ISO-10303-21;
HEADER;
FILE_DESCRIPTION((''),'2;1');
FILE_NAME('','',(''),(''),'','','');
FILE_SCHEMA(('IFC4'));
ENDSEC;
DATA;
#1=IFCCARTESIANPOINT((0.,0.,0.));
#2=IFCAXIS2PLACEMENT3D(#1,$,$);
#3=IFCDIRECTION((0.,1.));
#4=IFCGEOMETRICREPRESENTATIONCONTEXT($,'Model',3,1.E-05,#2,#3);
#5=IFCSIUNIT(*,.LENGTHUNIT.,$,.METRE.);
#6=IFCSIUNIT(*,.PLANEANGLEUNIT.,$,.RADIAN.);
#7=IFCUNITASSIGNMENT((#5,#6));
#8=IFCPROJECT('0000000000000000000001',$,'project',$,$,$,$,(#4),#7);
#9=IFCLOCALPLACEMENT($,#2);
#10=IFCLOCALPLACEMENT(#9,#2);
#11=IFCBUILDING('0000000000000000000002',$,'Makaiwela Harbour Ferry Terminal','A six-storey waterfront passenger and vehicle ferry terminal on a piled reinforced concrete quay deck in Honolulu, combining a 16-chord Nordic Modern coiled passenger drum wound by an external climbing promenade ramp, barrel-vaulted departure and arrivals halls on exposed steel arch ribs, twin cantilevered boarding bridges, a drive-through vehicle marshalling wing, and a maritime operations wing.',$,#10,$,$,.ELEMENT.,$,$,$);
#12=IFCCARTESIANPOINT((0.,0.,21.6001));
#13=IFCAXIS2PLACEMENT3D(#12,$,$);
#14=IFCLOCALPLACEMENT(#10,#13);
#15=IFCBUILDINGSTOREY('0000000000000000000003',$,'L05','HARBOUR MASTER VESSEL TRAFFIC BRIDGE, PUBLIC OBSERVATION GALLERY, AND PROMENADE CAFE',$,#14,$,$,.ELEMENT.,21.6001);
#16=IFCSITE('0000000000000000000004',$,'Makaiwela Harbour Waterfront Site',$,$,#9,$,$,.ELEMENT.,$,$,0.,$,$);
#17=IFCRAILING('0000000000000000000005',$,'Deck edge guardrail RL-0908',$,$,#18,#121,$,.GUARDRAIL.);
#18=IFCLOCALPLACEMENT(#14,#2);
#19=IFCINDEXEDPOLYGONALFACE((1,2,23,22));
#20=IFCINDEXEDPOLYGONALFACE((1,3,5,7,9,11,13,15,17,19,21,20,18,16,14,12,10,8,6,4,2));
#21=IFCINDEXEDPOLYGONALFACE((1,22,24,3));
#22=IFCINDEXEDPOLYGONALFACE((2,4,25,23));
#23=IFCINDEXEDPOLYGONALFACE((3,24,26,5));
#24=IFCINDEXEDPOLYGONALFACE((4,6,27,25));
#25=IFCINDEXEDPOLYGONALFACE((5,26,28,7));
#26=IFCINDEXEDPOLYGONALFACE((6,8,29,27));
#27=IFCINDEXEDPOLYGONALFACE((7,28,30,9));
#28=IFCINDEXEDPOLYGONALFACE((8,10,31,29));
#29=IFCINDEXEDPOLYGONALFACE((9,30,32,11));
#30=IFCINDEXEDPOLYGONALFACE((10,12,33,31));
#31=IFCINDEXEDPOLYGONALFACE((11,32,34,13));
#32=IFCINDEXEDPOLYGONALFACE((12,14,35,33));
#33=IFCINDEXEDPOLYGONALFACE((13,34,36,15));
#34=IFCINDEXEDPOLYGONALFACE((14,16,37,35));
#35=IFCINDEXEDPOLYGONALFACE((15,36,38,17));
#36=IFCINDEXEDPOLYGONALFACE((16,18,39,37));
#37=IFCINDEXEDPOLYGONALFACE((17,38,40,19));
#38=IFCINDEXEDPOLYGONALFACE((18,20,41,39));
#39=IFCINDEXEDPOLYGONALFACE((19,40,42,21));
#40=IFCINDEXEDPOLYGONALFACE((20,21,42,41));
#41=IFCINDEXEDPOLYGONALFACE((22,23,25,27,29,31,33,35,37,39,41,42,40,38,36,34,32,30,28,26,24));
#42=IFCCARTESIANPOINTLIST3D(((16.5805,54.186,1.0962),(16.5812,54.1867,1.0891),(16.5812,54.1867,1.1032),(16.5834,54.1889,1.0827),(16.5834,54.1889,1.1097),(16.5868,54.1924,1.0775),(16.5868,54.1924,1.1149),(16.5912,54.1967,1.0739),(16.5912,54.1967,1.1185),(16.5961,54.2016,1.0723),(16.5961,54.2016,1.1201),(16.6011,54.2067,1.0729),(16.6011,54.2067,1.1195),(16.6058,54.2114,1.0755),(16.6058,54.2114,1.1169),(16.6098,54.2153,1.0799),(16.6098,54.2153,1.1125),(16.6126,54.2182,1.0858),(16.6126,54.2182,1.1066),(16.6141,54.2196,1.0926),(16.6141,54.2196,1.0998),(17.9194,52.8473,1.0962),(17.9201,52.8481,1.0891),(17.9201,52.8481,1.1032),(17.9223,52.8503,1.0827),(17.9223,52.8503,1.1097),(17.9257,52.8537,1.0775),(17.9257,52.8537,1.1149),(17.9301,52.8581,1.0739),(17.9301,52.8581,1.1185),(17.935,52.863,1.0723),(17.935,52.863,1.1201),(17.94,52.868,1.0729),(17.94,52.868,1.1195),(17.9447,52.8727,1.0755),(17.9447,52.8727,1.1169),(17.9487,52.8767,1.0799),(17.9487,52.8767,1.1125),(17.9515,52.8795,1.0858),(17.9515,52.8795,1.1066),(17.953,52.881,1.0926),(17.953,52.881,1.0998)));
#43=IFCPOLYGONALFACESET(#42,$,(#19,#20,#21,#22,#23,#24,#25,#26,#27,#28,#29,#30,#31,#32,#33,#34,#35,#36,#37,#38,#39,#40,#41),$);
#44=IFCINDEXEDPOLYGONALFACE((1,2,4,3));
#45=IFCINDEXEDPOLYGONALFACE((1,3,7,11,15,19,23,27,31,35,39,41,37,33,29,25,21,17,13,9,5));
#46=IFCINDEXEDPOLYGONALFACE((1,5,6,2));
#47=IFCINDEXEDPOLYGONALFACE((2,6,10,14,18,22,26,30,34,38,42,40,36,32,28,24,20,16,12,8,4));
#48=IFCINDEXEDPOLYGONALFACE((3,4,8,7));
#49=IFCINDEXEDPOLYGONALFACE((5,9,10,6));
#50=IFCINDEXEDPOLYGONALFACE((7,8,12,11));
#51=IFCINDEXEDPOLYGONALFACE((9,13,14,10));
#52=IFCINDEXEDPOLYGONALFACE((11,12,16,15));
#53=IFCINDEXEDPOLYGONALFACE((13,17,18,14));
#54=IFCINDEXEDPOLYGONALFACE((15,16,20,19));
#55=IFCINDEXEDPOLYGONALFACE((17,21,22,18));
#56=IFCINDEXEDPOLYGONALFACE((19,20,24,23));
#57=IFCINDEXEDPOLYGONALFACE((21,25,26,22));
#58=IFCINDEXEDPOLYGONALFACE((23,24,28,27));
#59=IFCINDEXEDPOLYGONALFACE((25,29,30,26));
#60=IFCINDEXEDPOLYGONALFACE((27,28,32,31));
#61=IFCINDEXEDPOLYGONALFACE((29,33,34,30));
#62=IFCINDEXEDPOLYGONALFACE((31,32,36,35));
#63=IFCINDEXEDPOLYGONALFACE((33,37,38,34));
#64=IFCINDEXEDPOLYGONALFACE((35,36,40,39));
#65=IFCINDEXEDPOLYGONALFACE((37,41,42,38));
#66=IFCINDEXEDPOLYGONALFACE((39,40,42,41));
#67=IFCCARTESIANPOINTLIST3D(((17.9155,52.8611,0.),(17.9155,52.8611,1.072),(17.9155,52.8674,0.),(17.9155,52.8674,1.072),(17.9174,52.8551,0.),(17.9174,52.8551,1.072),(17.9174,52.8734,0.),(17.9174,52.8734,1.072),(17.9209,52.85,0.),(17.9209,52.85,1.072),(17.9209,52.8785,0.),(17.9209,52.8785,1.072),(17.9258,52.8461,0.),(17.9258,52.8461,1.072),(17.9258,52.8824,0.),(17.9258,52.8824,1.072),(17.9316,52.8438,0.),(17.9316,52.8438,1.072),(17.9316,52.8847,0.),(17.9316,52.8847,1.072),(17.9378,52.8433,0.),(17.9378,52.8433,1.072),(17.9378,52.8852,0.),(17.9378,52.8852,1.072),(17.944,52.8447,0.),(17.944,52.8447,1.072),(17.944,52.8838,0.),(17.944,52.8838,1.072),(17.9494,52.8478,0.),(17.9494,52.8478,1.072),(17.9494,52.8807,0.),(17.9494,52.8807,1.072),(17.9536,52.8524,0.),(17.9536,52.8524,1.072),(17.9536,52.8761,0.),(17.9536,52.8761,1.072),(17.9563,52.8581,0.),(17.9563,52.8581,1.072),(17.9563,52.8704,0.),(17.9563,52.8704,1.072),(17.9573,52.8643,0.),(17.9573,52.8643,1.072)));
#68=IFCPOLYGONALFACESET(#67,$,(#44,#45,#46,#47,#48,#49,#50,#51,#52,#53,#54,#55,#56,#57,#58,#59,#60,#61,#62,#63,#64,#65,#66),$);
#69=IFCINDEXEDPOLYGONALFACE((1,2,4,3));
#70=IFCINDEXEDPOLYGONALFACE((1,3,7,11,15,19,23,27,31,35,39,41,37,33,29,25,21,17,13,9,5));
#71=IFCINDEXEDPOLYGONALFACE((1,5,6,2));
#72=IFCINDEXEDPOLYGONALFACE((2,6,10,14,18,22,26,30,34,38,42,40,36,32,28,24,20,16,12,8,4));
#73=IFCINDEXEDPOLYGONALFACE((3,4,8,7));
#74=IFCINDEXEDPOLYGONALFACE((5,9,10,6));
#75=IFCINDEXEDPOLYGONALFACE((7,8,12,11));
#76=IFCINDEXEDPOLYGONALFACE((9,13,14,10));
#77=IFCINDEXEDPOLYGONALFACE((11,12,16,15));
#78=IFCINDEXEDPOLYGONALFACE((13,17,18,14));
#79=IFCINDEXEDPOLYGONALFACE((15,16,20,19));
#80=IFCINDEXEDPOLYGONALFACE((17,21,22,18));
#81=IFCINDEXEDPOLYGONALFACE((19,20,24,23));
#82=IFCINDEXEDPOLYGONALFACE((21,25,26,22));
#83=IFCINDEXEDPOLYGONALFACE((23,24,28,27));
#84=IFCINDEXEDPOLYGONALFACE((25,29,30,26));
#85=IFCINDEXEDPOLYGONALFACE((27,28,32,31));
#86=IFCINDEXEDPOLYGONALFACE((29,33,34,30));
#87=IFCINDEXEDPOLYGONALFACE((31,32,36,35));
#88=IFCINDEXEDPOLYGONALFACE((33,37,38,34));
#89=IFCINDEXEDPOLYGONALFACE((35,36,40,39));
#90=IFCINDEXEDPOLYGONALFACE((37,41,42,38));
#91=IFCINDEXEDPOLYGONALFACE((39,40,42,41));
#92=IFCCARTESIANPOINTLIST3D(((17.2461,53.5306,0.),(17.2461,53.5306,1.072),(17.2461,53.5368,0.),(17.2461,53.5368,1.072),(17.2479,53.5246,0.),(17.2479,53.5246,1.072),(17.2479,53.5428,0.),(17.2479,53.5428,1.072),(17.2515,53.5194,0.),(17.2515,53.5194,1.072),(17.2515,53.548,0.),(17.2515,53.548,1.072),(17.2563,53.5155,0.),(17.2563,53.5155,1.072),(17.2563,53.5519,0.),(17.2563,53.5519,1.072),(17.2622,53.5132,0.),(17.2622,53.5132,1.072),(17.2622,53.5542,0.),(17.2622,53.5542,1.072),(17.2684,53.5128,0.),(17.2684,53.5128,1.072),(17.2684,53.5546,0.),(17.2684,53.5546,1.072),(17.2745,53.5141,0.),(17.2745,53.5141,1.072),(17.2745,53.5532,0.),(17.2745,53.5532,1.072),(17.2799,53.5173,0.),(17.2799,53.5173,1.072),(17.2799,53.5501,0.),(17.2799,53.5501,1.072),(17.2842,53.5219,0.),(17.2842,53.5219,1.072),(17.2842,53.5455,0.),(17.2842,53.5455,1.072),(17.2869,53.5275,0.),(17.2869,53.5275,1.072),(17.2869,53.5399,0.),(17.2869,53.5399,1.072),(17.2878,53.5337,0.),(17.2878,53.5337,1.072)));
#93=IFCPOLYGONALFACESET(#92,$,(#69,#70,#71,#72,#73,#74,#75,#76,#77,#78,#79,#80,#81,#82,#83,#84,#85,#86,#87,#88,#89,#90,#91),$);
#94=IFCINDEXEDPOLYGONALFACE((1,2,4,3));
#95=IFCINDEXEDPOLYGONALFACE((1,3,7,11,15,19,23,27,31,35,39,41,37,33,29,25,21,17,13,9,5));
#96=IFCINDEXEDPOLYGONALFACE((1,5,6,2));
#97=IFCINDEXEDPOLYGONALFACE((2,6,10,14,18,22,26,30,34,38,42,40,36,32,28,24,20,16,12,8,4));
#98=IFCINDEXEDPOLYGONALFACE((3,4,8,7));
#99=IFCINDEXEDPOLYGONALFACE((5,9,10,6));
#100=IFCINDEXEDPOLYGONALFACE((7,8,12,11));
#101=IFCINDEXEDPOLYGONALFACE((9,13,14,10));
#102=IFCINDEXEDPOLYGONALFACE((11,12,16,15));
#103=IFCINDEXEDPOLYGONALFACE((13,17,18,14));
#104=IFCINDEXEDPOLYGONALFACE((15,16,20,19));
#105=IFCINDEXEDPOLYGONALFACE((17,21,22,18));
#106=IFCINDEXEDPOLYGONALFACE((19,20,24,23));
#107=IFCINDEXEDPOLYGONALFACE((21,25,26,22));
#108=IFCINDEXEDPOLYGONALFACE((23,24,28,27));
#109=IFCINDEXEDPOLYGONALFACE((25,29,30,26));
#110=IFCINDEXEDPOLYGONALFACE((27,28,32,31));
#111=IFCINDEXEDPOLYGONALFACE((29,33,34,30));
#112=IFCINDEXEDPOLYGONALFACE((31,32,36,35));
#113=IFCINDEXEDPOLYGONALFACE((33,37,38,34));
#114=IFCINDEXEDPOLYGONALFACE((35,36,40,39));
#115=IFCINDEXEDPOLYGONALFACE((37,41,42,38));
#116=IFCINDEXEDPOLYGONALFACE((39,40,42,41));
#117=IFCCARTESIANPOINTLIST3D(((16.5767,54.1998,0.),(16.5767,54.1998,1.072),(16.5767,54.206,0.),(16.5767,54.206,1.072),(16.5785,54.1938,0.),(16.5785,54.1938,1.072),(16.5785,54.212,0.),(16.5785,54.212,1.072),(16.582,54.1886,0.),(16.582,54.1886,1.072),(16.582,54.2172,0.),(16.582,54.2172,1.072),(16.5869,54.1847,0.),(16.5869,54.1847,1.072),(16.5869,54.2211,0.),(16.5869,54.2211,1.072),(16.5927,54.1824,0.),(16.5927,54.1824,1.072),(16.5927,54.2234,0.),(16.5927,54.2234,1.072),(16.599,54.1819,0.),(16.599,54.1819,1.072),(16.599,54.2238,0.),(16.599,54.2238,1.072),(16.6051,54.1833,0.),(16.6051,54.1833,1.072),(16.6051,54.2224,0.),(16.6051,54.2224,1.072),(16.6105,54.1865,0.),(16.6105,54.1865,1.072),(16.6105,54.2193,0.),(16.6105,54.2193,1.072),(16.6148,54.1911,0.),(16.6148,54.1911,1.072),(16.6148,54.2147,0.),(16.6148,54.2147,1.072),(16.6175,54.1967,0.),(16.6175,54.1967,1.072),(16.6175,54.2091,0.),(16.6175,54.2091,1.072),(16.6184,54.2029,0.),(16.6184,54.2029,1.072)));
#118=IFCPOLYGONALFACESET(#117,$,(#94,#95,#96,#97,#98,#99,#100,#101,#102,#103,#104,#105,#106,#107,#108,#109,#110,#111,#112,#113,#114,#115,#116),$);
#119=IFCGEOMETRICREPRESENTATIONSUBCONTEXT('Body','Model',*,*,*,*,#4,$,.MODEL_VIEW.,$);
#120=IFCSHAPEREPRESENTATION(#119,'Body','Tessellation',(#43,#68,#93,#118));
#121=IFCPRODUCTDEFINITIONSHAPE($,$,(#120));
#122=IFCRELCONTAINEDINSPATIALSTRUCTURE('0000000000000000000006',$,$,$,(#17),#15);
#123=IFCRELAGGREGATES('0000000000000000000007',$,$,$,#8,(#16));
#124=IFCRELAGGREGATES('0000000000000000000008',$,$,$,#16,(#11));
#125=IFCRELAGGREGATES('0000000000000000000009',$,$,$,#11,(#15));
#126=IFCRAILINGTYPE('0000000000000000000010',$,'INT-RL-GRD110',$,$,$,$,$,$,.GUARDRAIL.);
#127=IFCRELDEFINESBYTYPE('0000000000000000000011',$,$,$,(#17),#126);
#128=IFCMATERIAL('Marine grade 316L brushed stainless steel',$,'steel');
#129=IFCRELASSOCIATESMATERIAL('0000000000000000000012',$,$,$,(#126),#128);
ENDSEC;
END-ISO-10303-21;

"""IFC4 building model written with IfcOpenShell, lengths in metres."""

from ifc_helpers import new_model, si_unit, direction, frame, origin, origin_2d, place, context, subcontext, project, spatial, circle, extrude, material, type_object, element, save


model = new_model("IFC4")

# Units and contexts
model_context = context("Model", 3, precision=1e-05, world=origin(), true_north=direction((0.0, 1.0)))
body_context = subcontext(model_context, "Body", "Model", "MODEL_VIEW")
ifc_project = project(units=[si_unit("LENGTHUNIT", "METRE"), si_unit("PLANEANGLEUNIT", "RADIAN")], contexts=[model_context])

# Site, building, storey
site_placement = place(None, origin())
site = spatial("IfcSite", under=ifc_project, at=site_placement, Name="Makaiwela Harbour Waterfront Site", CompositionType="ELEMENT", RefElevation=0.0)
building_placement = place(site_placement, origin())
building = spatial("IfcBuilding", under=site, at=building_placement, Name="Makaiwela Harbour Ferry Terminal", Description="A six-storey waterfront passenger and vehicle ferry terminal on a piled reinforced concrete quay deck in Honolulu, combining a 16-chord Nordic Modern coiled passenger drum wound by an external climbing promenade ramp, barrel-vaulted departure and arrivals halls on exposed steel arch ribs, twin cantilevered boarding bridges, a drive-through vehicle marshalling wing, and a maritime operations wing.", CompositionType="ELEMENT")
storey_placement = place(building_placement, frame((0.0, 0.0, 21.6001)))
storey = spatial("IfcBuildingStorey", under=building, at=storey_placement, Name="L05", Description="HARBOUR MASTER VESSEL TRAFFIC BRIDGE, PUBLIC OBSERVATION GALLERY, AND PROMENADE CAFE", CompositionType="ELEMENT", Elevation=21.6001)

# Railing
ifc_material_1 = material(Name="Marine grade 316L brushed stainless steel", Category="steel")
railing_type = type_object("IfcRailingType", Name="INT-RL-GRD110", PredefinedType="GUARDRAIL", material=ifc_material_1)
railing_1_placement = place(storey_placement, frame((17.9363, 52.8643, 0.0)))
element("IfcRailing", 1, at=railing_1_placement, inside=storey, type_object=railing_type, Name="Deck edge guardrail RL-0908", PredefinedType="GUARDRAIL", context=body_context, shape_type="SweptSolid", body=[
    extrude(circle(Radius=0.0239, at=origin_2d()), frame((0.0, 0.0, 1.0962), z_axis=(-0.707171, 0.707042, 0.0), x_axis=(-0.707042, -0.707171, 0.0)), (0.0, 0.0, 1.0), 1.8933),
    extrude(circle(Radius=0.021, at=origin_2d()), origin(), (0.0, 0.0, 1.0), 1.072),
    extrude(circle(Radius=0.021, at=origin_2d()), frame((-0.6694, 0.6694, 0.0)), (0.0, 0.0, 1.0), 1.072),
    extrude(circle(Radius=0.021, at=origin_2d()), frame((-1.3389, 1.3386, 0.0)), (0.0, 0.0, 1.0), 1.072),
])

save(model, "model.ifc")
